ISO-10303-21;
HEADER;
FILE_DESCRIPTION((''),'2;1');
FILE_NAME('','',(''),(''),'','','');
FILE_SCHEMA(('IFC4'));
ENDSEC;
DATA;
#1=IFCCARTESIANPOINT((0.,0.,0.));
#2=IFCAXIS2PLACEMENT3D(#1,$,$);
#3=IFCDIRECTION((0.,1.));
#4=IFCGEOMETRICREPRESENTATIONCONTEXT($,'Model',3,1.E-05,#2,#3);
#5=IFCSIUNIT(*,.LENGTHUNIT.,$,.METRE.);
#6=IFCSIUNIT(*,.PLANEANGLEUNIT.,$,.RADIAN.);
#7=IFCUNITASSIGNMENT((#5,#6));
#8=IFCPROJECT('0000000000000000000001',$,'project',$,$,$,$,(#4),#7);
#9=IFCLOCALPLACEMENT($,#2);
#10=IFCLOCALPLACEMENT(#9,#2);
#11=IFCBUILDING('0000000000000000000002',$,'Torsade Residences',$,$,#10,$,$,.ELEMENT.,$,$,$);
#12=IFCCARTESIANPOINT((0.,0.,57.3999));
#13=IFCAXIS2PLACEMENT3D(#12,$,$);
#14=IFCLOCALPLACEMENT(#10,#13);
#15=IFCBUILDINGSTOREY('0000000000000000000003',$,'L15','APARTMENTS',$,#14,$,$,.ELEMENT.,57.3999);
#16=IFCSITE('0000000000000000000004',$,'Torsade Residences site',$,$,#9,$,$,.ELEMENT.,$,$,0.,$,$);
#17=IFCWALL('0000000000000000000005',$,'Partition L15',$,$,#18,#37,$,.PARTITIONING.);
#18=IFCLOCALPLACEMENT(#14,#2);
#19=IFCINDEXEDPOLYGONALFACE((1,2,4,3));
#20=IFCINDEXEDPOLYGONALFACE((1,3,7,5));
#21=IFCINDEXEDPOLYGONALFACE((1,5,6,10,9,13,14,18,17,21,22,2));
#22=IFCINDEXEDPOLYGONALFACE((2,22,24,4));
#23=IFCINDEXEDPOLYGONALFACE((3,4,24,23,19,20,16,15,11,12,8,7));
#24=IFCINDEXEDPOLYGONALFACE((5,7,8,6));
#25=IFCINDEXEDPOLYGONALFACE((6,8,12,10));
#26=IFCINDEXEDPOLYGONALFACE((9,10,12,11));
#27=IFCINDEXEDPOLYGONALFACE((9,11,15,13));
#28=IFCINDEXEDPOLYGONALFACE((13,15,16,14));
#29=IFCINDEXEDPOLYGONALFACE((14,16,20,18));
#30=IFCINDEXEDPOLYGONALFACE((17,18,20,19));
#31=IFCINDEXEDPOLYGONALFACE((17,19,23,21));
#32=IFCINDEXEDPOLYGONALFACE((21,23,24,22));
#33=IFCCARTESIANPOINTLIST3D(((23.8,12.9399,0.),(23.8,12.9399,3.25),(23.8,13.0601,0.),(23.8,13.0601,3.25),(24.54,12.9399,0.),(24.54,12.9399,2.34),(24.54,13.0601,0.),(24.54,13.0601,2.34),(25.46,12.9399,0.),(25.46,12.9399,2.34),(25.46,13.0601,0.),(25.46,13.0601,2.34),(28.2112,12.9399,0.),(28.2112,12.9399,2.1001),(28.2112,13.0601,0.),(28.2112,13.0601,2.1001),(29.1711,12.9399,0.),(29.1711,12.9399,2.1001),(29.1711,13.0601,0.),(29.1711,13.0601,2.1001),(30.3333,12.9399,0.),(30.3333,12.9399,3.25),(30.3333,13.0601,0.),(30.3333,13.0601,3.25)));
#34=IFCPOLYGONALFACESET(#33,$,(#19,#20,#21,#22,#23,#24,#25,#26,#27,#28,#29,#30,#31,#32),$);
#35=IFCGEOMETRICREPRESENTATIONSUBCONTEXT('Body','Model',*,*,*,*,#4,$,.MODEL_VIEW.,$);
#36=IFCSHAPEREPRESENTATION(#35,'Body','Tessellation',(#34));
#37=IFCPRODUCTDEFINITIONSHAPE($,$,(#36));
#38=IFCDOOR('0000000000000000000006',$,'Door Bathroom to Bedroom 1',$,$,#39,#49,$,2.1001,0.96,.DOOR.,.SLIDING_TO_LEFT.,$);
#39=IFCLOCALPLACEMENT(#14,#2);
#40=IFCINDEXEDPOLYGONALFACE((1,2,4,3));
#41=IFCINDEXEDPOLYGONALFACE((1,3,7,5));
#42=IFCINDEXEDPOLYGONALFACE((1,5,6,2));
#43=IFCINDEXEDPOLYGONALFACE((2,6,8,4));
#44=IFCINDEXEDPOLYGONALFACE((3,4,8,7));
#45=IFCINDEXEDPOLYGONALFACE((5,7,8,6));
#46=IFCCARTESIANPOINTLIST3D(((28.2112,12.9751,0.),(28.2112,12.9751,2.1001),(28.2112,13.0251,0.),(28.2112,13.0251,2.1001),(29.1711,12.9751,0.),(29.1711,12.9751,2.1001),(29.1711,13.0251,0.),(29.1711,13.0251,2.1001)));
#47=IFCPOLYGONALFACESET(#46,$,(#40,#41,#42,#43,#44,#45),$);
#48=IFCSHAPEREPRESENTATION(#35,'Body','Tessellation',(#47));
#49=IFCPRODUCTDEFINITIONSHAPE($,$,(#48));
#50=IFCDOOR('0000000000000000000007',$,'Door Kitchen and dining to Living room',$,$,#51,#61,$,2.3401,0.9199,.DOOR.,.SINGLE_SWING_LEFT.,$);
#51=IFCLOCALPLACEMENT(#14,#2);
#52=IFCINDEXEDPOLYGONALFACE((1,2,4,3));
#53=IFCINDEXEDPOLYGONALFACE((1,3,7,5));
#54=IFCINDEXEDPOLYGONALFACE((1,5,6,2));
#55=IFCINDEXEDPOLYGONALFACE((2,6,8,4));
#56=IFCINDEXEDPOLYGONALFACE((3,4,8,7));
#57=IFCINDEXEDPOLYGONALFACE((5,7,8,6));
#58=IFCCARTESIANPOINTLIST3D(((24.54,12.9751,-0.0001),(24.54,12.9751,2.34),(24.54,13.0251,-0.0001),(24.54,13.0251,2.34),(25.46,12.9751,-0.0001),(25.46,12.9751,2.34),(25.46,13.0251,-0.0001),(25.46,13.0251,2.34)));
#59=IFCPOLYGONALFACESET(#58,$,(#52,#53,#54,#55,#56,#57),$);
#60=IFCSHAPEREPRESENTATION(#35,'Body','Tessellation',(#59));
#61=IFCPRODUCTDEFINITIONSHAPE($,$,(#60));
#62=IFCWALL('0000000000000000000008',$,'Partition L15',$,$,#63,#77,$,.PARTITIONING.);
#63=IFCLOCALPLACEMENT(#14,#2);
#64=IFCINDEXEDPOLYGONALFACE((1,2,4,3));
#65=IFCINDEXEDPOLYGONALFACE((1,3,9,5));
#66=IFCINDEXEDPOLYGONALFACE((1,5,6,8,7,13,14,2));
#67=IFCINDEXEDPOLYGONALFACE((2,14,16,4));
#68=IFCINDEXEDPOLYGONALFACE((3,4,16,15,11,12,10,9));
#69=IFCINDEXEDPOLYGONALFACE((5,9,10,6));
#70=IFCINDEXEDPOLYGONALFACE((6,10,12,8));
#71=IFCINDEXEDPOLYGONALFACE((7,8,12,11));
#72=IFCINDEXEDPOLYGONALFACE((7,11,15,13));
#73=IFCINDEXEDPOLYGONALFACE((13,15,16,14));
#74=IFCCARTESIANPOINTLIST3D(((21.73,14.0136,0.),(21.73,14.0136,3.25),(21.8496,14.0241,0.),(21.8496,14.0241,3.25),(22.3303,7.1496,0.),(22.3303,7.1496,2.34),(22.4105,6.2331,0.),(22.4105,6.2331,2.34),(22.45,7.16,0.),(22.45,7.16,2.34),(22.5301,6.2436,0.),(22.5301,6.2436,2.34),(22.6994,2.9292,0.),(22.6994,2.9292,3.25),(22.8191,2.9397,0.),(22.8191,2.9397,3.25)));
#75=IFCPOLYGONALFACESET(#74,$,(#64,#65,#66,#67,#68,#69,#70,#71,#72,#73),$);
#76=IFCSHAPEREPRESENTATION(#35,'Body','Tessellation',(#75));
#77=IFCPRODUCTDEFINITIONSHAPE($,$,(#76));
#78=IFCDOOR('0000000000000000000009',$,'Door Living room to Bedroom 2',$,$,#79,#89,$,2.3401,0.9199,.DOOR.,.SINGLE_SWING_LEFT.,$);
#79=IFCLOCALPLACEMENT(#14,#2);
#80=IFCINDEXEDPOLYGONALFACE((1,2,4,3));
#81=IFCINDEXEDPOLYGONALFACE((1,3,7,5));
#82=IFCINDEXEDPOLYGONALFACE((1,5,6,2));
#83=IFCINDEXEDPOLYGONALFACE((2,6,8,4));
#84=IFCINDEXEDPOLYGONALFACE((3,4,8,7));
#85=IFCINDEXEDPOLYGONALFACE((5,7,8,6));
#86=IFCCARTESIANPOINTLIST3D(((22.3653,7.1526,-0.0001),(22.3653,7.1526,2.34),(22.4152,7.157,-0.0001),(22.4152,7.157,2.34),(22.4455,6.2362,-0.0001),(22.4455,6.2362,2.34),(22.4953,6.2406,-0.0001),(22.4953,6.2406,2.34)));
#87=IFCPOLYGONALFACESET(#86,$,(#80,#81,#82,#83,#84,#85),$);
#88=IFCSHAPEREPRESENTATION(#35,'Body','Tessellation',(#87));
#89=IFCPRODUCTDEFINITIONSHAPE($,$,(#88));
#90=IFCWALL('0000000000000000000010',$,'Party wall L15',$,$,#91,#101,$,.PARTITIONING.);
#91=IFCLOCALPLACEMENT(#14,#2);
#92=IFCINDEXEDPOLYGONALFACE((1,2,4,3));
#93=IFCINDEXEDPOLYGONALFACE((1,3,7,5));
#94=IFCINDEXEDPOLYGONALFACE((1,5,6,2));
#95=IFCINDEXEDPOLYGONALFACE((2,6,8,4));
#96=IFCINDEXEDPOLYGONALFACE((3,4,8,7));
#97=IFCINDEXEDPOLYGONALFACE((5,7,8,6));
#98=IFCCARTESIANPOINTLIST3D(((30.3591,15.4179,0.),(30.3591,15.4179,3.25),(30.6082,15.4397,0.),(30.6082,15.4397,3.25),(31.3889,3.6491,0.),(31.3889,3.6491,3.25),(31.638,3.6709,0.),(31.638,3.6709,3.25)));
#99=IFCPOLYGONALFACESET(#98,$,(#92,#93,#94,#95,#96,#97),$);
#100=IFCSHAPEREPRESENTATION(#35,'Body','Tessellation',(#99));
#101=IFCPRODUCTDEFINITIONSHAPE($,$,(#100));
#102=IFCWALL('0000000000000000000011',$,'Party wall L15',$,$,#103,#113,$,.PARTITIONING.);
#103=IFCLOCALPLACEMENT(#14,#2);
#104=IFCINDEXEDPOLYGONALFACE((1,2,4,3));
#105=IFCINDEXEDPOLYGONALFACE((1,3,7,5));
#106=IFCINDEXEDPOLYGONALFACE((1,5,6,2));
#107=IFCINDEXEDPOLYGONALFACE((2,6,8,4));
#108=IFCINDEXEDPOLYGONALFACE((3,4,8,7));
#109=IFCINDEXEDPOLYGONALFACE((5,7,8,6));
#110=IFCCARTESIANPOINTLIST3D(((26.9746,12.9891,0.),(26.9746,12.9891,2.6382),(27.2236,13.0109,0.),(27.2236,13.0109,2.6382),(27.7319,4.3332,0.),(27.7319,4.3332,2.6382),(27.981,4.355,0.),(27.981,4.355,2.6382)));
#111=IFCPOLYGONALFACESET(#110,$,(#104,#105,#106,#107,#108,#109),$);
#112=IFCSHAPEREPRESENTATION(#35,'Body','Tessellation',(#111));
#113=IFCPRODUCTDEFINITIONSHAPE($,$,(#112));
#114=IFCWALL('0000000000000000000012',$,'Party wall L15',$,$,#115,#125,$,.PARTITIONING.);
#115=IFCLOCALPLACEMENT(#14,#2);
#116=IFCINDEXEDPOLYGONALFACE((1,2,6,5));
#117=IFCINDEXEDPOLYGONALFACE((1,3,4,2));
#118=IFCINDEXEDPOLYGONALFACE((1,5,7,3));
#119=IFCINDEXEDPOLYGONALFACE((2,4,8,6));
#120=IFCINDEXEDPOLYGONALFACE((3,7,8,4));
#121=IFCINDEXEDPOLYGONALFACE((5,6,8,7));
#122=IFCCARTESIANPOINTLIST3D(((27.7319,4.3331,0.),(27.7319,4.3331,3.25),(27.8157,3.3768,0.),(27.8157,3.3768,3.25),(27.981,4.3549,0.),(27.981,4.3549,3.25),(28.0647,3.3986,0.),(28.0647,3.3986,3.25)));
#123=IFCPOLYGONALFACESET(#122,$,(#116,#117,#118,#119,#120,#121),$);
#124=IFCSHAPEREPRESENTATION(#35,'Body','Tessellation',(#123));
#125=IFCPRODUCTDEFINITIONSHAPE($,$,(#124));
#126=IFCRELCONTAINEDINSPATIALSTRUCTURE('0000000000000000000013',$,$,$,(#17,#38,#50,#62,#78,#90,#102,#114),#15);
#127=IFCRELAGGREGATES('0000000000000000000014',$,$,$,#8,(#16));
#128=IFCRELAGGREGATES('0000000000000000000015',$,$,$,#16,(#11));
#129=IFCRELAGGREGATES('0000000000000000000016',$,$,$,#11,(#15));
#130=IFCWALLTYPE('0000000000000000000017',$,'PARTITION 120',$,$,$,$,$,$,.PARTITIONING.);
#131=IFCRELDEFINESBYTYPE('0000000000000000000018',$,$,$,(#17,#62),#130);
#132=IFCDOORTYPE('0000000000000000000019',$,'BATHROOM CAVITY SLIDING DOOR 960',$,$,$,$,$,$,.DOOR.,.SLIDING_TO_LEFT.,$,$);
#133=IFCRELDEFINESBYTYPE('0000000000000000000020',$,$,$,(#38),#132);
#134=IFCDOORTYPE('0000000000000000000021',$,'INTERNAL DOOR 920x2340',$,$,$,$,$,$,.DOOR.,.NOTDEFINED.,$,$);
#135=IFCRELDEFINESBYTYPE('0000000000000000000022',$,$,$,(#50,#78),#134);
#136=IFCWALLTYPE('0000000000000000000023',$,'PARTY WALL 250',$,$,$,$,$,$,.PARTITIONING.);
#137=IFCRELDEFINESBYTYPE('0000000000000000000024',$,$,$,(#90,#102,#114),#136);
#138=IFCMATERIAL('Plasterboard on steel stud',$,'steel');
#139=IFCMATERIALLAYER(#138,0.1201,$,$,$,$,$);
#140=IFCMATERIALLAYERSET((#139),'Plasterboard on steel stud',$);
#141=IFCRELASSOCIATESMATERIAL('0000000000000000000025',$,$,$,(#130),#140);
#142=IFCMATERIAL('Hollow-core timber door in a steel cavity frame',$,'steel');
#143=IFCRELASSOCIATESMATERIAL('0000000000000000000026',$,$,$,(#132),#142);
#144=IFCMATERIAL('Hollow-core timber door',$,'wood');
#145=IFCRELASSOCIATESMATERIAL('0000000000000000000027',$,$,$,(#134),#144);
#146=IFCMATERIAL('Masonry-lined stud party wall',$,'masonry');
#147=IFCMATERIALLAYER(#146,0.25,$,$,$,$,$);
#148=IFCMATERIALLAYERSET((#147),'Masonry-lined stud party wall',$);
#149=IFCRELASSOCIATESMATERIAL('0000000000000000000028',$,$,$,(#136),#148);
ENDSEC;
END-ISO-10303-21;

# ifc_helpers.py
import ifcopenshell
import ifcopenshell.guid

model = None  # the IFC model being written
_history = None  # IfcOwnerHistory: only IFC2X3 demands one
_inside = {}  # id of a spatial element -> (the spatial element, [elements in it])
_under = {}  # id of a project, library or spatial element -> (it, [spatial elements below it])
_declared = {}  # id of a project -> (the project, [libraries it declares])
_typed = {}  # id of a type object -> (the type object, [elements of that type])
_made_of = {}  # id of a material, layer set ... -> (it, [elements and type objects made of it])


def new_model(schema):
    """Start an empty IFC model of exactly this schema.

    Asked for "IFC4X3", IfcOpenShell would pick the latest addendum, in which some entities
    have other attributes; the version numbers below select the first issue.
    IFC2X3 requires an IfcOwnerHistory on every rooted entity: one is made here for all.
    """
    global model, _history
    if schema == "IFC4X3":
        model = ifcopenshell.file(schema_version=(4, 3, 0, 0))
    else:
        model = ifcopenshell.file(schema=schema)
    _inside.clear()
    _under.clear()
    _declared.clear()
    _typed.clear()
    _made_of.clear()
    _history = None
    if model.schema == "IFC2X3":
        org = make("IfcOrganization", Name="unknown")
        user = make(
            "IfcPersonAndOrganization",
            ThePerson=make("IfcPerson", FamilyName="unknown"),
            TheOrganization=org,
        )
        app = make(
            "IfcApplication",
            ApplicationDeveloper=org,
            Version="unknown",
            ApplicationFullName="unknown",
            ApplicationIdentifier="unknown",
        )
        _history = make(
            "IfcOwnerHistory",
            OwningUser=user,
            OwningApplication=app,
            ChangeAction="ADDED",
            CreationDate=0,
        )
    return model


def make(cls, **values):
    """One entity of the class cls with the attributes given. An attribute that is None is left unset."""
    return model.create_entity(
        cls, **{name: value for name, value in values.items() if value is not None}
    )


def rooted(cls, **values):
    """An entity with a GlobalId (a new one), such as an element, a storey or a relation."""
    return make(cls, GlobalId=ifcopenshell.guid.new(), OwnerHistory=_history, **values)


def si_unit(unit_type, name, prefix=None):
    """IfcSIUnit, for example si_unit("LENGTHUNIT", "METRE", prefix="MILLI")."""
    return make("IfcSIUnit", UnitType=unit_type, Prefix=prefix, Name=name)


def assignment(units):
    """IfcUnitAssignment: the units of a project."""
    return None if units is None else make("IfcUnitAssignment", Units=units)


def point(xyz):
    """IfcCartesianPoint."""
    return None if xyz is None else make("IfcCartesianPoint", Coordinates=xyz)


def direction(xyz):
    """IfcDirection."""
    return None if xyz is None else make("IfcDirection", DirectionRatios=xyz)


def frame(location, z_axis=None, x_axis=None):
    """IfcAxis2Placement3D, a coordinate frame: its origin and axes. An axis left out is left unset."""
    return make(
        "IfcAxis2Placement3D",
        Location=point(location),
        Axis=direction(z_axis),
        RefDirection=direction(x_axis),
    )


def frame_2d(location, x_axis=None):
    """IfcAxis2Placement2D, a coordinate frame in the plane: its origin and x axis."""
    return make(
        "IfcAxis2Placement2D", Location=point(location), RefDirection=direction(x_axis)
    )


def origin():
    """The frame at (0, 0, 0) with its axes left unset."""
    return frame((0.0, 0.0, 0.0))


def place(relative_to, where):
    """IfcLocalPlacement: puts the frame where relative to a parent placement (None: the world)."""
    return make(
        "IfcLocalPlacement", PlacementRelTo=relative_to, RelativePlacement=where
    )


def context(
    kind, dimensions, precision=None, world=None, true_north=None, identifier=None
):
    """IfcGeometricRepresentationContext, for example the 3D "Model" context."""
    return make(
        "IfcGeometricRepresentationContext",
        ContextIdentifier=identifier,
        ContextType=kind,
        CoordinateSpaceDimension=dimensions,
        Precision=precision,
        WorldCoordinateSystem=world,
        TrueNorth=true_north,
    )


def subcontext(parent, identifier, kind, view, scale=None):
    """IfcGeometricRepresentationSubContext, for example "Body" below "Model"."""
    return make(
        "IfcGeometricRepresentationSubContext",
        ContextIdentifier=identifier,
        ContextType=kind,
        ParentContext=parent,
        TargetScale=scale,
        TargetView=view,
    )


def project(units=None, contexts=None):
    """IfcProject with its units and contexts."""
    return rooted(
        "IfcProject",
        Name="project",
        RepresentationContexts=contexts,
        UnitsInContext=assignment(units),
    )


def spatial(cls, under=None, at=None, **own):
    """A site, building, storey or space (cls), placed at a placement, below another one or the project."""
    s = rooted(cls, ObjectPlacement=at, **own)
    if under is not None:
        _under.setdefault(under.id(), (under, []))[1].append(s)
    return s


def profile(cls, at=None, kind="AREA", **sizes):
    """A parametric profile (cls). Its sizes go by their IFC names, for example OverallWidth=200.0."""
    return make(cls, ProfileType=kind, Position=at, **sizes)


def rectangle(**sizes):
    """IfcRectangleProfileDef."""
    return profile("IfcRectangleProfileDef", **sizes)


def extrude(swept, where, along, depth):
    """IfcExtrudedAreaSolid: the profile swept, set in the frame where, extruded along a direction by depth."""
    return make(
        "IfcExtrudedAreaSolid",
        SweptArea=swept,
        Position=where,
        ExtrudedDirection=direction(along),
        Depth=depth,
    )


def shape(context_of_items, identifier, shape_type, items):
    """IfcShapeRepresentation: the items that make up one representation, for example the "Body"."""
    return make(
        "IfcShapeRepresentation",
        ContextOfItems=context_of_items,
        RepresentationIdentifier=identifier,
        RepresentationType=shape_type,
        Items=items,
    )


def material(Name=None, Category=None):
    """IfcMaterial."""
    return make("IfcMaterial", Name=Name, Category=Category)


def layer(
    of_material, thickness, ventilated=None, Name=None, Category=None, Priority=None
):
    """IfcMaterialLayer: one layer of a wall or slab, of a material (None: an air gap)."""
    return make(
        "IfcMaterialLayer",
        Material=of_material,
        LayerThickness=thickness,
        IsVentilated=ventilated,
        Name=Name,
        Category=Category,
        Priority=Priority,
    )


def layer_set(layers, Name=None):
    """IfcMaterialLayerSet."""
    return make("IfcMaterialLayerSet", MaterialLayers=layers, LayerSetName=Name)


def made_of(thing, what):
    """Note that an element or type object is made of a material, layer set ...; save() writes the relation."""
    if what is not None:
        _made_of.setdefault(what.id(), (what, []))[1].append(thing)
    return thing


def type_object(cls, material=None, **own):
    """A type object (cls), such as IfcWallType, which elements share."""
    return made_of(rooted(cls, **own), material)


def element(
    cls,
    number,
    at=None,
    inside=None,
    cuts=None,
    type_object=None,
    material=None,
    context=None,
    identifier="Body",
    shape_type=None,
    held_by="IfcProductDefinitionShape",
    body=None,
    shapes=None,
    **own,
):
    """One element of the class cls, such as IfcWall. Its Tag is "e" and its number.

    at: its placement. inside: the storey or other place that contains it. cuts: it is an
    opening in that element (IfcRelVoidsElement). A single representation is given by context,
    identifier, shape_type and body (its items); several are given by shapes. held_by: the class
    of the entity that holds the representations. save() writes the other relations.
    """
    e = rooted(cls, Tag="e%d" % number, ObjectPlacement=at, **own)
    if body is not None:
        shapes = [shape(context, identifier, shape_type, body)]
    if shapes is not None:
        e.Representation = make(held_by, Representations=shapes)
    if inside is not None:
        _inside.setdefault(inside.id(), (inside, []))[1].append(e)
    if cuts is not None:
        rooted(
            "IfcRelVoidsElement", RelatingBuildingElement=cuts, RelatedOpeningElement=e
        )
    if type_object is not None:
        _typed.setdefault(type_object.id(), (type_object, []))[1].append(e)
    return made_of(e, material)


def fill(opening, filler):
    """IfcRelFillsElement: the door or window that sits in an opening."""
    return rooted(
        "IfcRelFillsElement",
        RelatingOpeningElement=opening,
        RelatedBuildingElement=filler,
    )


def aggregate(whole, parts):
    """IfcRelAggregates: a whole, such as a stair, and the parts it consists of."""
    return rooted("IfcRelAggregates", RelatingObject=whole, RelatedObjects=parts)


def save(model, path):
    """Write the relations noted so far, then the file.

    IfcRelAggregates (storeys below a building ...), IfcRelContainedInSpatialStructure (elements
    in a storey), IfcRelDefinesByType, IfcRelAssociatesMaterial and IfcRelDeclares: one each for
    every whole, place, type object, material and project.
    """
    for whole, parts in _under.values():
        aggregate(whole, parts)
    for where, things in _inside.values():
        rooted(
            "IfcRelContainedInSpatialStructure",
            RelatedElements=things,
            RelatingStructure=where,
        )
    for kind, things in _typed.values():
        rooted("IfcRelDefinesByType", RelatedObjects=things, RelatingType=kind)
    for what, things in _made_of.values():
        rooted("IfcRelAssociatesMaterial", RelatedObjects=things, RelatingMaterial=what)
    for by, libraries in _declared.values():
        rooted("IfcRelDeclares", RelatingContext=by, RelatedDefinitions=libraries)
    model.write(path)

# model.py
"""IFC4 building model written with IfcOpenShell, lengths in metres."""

from ifc_helpers import new_model, si_unit, direction, frame, frame_2d, origin, place, context, subcontext, project, spatial, rectangle, extrude, material, layer, layer_set, type_object, element, fill, save


model = new_model("IFC4")

# Units and contexts
model_context = context("Model", 3, precision=1e-05, world=origin(), true_north=direction((0.0, 1.0)))
body_context = subcontext(model_context, "Body", "Model", "MODEL_VIEW")
ifc_project = project(units=[si_unit("LENGTHUNIT", "METRE"), si_unit("PLANEANGLEUNIT", "RADIAN")], contexts=[model_context])

# Site, building, storey
site_placement = place(None, origin())
site = spatial("IfcSite", under=ifc_project, at=site_placement, Name="Torsade Residences site", CompositionType="ELEMENT", RefElevation=0.0)
building_placement = place(site_placement, origin())
building = spatial("IfcBuilding", under=site, at=building_placement, Name="Torsade Residences", CompositionType="ELEMENT")
storey_placement = place(building_placement, frame((0.0, 0.0, 57.3999)))
storey = spatial("IfcBuildingStorey", under=building, at=storey_placement, Name="L15", Description="APARTMENTS", CompositionType="ELEMENT", Elevation=57.3999)

# Wall, openings, doors
ifc_material_1 = material(Name="Plasterboard on steel stud", Category="steel")
ifc_layer_1 = layer(ifc_material_1, 0.1201)
ifc_layer_set_1 = layer_set([ifc_layer_1], Name="Plasterboard on steel stud")
wall_type_1 = type_object("IfcWallType", Name="PARTITION 120", PredefinedType="PARTITIONING", material=ifc_layer_set_1)
ifc_material_2 = material(Name="Hollow-core timber door in a steel cavity frame", Category="steel")
door_type_1 = type_object("IfcDoorType", Name="BATHROOM CAVITY SLIDING DOOR 960", OperationType="SLIDING_TO_LEFT", PredefinedType="DOOR", material=ifc_material_2)
ifc_material_3 = material(Name="Hollow-core timber door", Category="wood")
door_type_2 = type_object("IfcDoorType", Name="INTERNAL DOOR 920x2340", OperationType="NOTDEFINED", PredefinedType="DOOR", material=ifc_material_3)
wall_1_placement = place(storey_placement, frame((30.3333, 13.0, 0.0), z_axis=(0.0, 0.0, 1.0), x_axis=(-1.0, 0.0, 0.0)))
wall_1 = element("IfcWall", 1, at=wall_1_placement, inside=storey, type_object=wall_type_1, Name="Partition L15", PredefinedType="PARTITIONING", context=body_context, shape_type="SweptSolid", body=[
    extrude(rectangle(XDim=6.5332, YDim=0.1201, at=frame_2d((3.2666, 0.0))), origin(), (0.0, 0.0, 1.0), 3.25),
])
opening_1_placement = place(wall_1_placement, frame((4.8733, 0.0, 0.0)))
opening_1 = element("IfcOpeningElement", 2, at=opening_1_placement, cuts=wall_1, PredefinedType="OPENING", context=body_context, shape_type="SweptSolid", body=[
    extrude(rectangle(XDim=0.9199, YDim=2.3401, at=frame_2d((0.46, 1.1699))), frame((0.0, 0.0701, 0.0), z_axis=(0.0, -1.0, 0.0), x_axis=(1.0, 0.0, 0.0)), (0.0, 0.0, 1.0), 0.1401),
])
opening_2_placement = place(wall_1_placement, frame((1.1621, 0.0, 0.0)))
opening_2 = element("IfcOpeningElement", 3, at=opening_2_placement, cuts=wall_1, PredefinedType="OPENING", context=body_context, shape_type="SweptSolid", body=[
    extrude(rectangle(XDim=0.96, YDim=2.1001, at=frame_2d((0.48, 1.05))), frame((0.0, 0.0701, 0.0), z_axis=(0.0, -1.0, 0.0), x_axis=(1.0, 0.0, 0.0)), (0.0, 0.0, 1.0), 0.1401),
])
door_1_placement = place(opening_2_placement, origin())
door_1 = element("IfcDoor", 4, at=door_1_placement, inside=storey, type_object=door_type_1, Name="Door Bathroom to Bedroom 1", OperationType="SLIDING_TO_LEFT", OverallHeight=2.1001, OverallWidth=0.96, PredefinedType="DOOR", context=body_context, shape_type="SweptSolid", body=[
    extrude(rectangle(XDim=0.96, YDim=2.1001, at=frame_2d((0.48, 1.05))), frame((0.0, 0.0249, 0.0), z_axis=(0.0, -1.0, 0.0), x_axis=(1.0, 0.0, 0.0)), (0.0, 0.0, 1.0), 0.05),
])
fill(opening_2, door_1)
door_2_placement = place(opening_1_placement, origin())
door_2 = element("IfcDoor", 5, at=door_2_placement, inside=storey, type_object=door_type_2, Name="Door Kitchen and dining to Living room", OperationType="SINGLE_SWING_LEFT", OverallHeight=2.3401, OverallWidth=0.9199, PredefinedType="DOOR", context=body_context, shape_type="SweptSolid", body=[
    extrude(rectangle(XDim=0.9199, YDim=2.3401, at=frame_2d((0.46, 1.1699))), frame((0.0, 0.0249, 0.0), z_axis=(0.0, -1.0, 0.0), x_axis=(1.0, 0.0, 0.0)), (0.0, 0.0, 1.0), 0.05),
])
fill(opening_1, door_2)

# Wall, opening, door
wall_2_placement = place(storey_placement, frame((22.7593, 2.9343, 0.0), z_axis=(0.0, 0.0, 1.0), x_axis=(-0.08713, 0.996197, 0.0)))
wall_2 = element("IfcWall", 6, at=wall_2_placement, inside=storey, type_object=wall_type_1, Name="Partition L15", PredefinedType="PARTITIONING", context=body_context, shape_type="SweptSolid", body=[
    extrude(rectangle(XDim=11.1267, YDim=0.1201, at=frame_2d((5.5635, 0.0))), origin(), (0.0, 0.0, 1.0), 3.25),
])
opening_3_placement = place(wall_2_placement, frame((3.3167, 0.0, 0.0)))
opening_3 = element("IfcOpeningElement", 7, at=opening_3_placement, cuts=wall_2, PredefinedType="OPENING", context=body_context, shape_type="SweptSolid", body=[
    extrude(rectangle(XDim=0.9199, YDim=2.3401, at=frame_2d((0.46, 1.1699))), frame((0.0, 0.0701, 0.0), z_axis=(0.0, -1.0, 0.0), x_axis=(1.0, 0.0, 0.0)), (0.0, 0.0, 1.0), 0.1401),
])
door_3_placement = place(opening_3_placement, origin())
door_3 = element("IfcDoor", 8, at=door_3_placement, inside=storey, type_object=door_type_2, Name="Door Living room to Bedroom 2", OperationType="SINGLE_SWING_LEFT", OverallHeight=2.3401, OverallWidth=0.9199, PredefinedType="DOOR", context=body_context, shape_type="SweptSolid", body=[
    extrude(rectangle(XDim=0.9199, YDim=2.3401, at=frame_2d((0.46, 1.1699))), frame((0.0, 0.0249, 0.0), z_axis=(0.0, -1.0, 0.0), x_axis=(1.0, 0.0, 0.0)), (0.0, 0.0, 1.0), 0.05),
])
fill(opening_3, door_3)

# Walls
ifc_material_4 = material(Name="Masonry-lined stud party wall", Category="masonry")
ifc_layer_2 = layer(ifc_material_4, 0.25)
ifc_layer_set_2 = layer_set([ifc_layer_2], Name="Masonry-lined stud party wall")
wall_type_2 = type_object("IfcWallType", Name="PARTY WALL 250", PredefinedType="PARTITIONING", material=ifc_layer_set_2)
wall_3_placement = place(storey_placement, frame((31.5134, 3.6602, 0.0), z_axis=(0.0, 0.0, 1.0), x_axis=(-0.087168, 0.996194, 0.0)))
element("IfcWall", 9, at=wall_3_placement, inside=storey, type_object=wall_type_2, Name="Party wall L15", PredefinedType="PARTITIONING", context=body_context, shape_type="SweptSolid", body=[
    extrude(rectangle(XDim=11.8137, YDim=0.25, at=frame_2d((5.9067, 0.0))), origin(), (0.0, 0.0, 1.0), 3.25),
])
wall_4_placement = place(storey_placement, frame((27.0991, 13.0, 0.0), z_axis=(0.0, 0.0, 1.0), x_axis=(0.087158, -0.996194, 0.0)))
element("IfcWall", 10, at=wall_4_placement, inside=storey, type_object=wall_type_2, Name="Party wall L15", PredefinedType="PARTITIONING", context=body_context, shape_type="SweptSolid", body=[
    extrude(rectangle(XDim=8.689, YDim=0.25, at=frame_2d((4.3445, 0.0))), origin(), (0.0, 0.0, 1.0), 2.6382),
])
wall_5_placement = place(storey_placement, frame((27.8564, 4.344, 0.0), z_axis=(0.0, 0.0, 1.0), x_axis=(0.087233, -0.996188, 0.0)))
element("IfcWall", 11, at=wall_5_placement, inside=storey, type_object=wall_type_2, Name="Party wall L15", PredefinedType="PARTITIONING", context=body_context, shape_type="SweptSolid", body=[
    extrude(rectangle(XDim=0.96, YDim=0.25, at=frame_2d((0.48, 0.0))), origin(), (0.0, 0.0, 1.0), 3.25),
])

save(model, "model.ifc")
